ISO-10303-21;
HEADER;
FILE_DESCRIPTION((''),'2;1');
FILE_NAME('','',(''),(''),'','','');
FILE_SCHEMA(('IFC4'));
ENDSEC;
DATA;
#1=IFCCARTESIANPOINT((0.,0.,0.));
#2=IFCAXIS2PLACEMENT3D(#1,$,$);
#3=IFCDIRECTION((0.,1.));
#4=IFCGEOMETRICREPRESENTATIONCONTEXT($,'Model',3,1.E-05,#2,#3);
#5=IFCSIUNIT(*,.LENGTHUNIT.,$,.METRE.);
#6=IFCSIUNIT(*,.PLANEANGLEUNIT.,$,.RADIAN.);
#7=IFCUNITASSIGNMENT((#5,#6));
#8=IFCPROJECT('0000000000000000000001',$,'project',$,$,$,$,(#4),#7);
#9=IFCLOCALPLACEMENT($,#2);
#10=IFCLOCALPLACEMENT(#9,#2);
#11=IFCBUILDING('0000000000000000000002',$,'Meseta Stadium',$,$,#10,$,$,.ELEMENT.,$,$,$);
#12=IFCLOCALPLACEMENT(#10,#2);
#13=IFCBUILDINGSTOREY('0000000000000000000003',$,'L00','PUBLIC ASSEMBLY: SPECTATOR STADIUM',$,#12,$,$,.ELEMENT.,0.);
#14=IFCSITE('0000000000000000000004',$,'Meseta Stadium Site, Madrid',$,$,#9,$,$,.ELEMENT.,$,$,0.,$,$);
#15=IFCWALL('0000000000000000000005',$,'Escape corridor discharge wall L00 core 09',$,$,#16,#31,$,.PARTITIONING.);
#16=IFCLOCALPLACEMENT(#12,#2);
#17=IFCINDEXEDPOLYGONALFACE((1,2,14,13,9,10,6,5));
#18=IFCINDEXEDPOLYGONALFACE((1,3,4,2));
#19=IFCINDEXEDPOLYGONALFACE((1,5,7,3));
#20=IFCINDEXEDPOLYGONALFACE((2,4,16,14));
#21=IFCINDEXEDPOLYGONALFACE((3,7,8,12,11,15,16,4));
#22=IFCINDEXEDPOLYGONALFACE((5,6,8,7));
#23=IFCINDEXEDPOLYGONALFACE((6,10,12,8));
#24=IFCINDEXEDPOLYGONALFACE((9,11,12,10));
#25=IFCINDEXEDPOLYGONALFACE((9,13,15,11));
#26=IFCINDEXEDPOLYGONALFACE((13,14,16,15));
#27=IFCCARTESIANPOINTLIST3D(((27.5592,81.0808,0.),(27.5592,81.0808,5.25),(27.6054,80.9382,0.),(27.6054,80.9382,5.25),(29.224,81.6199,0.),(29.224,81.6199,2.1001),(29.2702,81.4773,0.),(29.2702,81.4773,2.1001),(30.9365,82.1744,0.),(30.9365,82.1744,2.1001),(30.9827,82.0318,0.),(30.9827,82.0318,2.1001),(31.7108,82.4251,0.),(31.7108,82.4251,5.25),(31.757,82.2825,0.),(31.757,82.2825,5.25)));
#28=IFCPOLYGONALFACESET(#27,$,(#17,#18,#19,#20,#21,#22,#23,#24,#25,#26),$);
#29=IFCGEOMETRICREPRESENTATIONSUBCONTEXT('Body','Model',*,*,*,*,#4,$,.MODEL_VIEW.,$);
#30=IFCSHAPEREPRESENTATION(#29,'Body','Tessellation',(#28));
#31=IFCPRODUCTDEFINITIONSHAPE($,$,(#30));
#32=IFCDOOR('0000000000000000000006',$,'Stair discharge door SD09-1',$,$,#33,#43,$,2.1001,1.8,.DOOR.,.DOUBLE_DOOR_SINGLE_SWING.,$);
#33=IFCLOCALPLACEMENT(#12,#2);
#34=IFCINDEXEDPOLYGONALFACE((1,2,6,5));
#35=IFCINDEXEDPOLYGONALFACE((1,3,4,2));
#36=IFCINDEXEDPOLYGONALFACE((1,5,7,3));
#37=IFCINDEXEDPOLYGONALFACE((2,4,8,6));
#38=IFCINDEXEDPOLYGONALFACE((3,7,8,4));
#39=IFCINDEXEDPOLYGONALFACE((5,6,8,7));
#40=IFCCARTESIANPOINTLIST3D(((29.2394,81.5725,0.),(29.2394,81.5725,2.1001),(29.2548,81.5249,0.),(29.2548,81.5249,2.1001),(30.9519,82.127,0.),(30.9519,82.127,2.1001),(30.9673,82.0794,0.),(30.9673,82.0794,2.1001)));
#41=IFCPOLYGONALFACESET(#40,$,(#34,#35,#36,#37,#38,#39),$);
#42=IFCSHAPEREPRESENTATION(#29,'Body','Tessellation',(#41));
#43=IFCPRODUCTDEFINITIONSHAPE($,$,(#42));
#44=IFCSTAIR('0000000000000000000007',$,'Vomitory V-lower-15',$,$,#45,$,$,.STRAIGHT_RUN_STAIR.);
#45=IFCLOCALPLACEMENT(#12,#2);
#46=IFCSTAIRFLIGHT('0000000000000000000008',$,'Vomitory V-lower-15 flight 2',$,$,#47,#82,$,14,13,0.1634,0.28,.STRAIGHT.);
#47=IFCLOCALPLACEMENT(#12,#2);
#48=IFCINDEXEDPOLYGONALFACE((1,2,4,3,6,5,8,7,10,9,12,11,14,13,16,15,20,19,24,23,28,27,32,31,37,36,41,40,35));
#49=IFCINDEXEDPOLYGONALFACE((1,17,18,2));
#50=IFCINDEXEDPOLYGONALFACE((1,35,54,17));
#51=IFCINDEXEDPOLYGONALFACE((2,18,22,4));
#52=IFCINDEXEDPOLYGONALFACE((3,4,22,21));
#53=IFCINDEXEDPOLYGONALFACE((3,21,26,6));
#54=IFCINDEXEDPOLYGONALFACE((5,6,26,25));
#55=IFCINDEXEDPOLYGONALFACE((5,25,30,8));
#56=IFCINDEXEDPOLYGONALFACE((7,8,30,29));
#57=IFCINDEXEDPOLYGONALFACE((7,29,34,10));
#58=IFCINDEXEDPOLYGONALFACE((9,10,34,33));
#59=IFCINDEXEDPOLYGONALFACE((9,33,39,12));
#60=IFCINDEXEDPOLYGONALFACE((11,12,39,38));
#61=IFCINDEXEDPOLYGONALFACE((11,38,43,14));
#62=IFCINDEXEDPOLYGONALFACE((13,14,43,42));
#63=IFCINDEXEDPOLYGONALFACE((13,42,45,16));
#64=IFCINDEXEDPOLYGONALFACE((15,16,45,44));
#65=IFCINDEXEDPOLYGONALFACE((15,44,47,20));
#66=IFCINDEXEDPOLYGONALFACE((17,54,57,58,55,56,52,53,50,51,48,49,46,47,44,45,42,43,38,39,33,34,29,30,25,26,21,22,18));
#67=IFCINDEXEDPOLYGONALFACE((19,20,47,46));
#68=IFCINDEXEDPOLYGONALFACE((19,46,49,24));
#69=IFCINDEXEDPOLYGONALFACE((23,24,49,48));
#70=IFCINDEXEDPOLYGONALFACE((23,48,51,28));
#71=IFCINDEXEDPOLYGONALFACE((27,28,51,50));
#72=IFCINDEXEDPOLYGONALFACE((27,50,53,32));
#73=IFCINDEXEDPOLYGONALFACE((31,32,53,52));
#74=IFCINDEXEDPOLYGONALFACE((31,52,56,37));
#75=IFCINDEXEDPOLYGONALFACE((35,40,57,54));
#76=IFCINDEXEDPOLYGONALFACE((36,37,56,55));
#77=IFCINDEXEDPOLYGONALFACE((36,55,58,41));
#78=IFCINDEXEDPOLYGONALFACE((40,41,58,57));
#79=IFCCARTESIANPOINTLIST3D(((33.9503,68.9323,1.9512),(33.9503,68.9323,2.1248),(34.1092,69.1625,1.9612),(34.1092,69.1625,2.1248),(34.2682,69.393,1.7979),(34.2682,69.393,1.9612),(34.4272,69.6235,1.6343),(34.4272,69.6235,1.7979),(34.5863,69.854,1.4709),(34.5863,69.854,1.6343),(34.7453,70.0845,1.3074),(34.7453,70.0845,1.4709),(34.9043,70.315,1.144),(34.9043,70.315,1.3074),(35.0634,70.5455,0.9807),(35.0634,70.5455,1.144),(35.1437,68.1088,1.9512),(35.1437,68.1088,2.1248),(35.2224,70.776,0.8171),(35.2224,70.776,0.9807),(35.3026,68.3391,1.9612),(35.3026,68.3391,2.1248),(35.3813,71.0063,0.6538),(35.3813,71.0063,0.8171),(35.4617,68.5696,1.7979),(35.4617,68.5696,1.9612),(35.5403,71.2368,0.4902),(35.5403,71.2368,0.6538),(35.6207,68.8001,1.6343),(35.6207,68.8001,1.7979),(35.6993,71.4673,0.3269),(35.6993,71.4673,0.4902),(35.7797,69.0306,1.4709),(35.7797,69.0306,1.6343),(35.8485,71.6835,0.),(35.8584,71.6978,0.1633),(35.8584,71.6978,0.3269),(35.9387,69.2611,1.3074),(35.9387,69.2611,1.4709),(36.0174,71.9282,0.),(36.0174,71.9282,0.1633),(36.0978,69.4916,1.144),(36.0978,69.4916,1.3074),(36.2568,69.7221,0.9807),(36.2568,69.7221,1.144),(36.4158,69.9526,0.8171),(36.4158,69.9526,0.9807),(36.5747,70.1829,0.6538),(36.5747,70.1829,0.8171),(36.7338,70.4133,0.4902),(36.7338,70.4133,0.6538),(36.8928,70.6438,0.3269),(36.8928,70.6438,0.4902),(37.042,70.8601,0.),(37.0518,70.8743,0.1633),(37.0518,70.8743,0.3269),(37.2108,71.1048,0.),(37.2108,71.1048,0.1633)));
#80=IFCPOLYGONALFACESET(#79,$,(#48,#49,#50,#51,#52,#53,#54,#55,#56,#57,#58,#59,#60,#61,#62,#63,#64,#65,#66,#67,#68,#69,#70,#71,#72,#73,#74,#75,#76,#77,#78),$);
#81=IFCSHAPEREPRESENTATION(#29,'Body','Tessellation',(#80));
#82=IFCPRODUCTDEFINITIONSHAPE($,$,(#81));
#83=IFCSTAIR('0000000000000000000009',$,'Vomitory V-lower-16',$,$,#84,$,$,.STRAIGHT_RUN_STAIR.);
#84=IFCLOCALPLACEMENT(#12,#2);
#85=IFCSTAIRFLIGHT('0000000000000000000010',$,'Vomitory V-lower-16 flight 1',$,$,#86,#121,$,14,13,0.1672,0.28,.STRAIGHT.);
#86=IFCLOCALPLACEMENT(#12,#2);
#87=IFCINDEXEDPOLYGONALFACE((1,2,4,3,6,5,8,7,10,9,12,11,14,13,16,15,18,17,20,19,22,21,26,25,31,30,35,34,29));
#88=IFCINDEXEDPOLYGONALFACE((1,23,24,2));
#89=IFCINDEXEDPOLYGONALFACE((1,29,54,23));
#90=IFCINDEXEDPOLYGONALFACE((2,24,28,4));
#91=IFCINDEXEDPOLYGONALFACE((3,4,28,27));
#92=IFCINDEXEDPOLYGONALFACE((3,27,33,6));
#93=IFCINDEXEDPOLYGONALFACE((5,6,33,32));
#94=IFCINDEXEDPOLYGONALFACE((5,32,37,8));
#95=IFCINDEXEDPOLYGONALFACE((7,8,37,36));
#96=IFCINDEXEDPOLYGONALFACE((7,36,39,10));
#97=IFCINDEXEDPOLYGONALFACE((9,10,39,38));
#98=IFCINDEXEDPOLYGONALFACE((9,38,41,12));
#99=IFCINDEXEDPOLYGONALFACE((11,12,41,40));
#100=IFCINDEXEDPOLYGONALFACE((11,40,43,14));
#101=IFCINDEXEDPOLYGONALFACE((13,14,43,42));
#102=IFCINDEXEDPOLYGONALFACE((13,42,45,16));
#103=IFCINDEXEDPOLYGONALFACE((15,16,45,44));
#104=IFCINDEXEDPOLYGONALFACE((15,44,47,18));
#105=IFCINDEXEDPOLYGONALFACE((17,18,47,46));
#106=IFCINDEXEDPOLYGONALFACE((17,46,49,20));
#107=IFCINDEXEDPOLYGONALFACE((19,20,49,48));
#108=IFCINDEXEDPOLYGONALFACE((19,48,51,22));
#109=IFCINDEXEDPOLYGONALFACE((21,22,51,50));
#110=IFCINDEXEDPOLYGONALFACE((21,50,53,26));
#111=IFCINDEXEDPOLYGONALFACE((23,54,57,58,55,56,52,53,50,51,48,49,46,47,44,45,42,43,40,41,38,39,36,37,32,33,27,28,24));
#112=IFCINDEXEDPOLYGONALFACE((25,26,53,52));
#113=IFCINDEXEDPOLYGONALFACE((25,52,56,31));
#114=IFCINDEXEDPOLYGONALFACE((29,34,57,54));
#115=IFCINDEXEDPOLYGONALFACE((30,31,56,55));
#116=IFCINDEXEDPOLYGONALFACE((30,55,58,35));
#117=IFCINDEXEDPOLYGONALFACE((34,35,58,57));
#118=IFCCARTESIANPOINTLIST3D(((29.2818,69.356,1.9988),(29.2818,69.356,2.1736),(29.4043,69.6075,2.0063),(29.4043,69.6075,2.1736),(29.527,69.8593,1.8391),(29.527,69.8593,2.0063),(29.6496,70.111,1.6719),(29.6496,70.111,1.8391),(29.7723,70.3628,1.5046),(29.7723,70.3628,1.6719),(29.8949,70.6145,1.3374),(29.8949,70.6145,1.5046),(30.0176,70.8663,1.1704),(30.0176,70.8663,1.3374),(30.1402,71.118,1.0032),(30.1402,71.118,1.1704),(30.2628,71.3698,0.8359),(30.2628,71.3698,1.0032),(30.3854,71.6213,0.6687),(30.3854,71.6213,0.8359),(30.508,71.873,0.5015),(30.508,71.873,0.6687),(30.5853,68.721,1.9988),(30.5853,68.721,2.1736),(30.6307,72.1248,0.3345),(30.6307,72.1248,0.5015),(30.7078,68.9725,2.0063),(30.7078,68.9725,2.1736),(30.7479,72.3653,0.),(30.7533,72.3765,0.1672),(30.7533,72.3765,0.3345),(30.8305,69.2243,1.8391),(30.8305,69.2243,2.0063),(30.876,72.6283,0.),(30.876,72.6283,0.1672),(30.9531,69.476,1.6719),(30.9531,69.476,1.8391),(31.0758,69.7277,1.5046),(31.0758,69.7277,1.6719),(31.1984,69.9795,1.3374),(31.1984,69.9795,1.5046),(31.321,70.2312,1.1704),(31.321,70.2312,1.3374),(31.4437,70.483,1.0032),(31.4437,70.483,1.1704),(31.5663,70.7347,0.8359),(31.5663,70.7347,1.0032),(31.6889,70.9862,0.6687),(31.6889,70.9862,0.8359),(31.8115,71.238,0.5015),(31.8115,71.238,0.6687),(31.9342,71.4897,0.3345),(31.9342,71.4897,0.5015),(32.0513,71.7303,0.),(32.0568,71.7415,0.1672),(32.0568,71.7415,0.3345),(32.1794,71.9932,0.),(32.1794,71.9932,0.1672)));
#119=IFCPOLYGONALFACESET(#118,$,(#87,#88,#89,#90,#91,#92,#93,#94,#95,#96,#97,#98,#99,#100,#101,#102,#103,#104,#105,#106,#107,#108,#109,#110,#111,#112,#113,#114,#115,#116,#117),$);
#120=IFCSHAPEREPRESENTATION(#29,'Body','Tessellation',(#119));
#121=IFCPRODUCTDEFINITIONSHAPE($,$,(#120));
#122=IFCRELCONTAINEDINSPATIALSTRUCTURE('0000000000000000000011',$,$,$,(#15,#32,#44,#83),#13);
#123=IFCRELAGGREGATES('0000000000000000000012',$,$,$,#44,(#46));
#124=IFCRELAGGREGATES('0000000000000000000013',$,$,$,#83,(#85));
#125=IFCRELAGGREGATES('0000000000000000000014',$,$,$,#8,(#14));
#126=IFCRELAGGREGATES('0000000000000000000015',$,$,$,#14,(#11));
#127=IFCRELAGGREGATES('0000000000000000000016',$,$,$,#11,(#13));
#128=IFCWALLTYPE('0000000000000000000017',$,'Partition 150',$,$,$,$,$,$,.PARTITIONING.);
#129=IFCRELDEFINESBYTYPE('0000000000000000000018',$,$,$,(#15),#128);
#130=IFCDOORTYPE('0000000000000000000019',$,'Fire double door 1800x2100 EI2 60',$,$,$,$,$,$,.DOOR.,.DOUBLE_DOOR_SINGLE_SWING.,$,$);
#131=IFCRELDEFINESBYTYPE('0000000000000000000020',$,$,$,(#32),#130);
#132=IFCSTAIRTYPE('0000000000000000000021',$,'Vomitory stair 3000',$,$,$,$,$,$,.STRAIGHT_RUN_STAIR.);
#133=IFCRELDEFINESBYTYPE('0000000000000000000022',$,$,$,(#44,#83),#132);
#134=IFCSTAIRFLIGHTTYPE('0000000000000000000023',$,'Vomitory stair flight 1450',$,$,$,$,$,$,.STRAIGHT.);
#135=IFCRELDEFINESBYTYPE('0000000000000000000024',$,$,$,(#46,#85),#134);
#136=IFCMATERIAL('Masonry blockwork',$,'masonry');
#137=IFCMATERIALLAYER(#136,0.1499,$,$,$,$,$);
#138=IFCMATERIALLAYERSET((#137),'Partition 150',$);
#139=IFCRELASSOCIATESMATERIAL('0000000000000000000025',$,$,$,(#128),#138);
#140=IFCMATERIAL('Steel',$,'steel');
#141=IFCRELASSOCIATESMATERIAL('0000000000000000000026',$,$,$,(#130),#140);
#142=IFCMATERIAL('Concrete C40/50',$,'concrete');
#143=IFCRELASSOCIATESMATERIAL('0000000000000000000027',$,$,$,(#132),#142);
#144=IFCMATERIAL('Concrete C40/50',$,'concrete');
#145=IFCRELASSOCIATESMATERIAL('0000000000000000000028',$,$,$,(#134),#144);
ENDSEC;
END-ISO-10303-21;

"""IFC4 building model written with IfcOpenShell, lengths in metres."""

from ifc_helpers import new_model, si_unit, direction, frame, frame_2d, origin, place, context, subcontext, project, spatial, polyline, rectangle, outline, extrude, material, layer, layer_set, type_object, element, fill, aggregate, save


model = new_model("IFC4")

# Units and contexts
model_context = context("Model", 3, precision=1e-05, world=origin(), true_north=direction((0.0, 1.0)))
body_context = subcontext(model_context, "Body", "Model", "MODEL_VIEW")
ifc_project = project(units=[si_unit("LENGTHUNIT", "METRE"), si_unit("PLANEANGLEUNIT", "RADIAN")], contexts=[model_context])

# Site, building, storey
site_placement = place(None, origin())
site = spatial("IfcSite", under=ifc_project, at=site_placement, Name="Meseta Stadium Site, Madrid", CompositionType="ELEMENT", RefElevation=0.0)
building_placement = place(site_placement, origin())
building = spatial("IfcBuilding", under=site, at=building_placement, Name="Meseta Stadium", CompositionType="ELEMENT")
storey_placement = place(building_placement, origin())
storey = spatial("IfcBuildingStorey", under=building, at=storey_placement, Name="L00", Description="PUBLIC ASSEMBLY: SPECTATOR STADIUM", CompositionType="ELEMENT", Elevation=0.0)

# Shared definitions
ifc_material_1 = material(Name="Masonry blockwork", Category="masonry")
ifc_layer = layer(ifc_material_1, 0.1499)
ifc_layer_set = layer_set([ifc_layer], Name="Partition 150")
wall_type = type_object("IfcWallType", Name="Partition 150", PredefinedType="PARTITIONING", material=ifc_layer_set)

# Shared definitions
ifc_material_2 = material(Name="Steel", Category="steel")
door_type = type_object("IfcDoorType", Name="Fire double door 1800x2100 EI2 60", OperationType="DOUBLE_DOOR_SINGLE_SWING", PredefinedType="DOOR", material=ifc_material_2)

# Wall, opening, door
wall_1_placement = place(storey_placement, frame((31.7339, 82.3538, 0.0), z_axis=(0.0, 0.0, 1.0), x_axis=(-0.951373, -0.308042, 0.0)))
wall_1 = element("IfcWall", 1, at=wall_1_placement, inside=storey, type_object=wall_type, Name="Escape corridor discharge wall L00 core 09", PredefinedType="PARTITIONING", context=body_context, shape_type="SweptSolid", body=[
    extrude(rectangle(XDim=4.3638, YDim=0.1499, at=frame_2d((2.1819, 0.0))), origin(), (0.0, 0.0, 1.0), 5.25),
])
opening_1_placement = place(wall_1_placement, frame((0.814, 0.0, 0.0)))
opening_1 = element("IfcOpeningElement", 2, at=opening_1_placement, cuts=wall_1, PredefinedType="OPENING", context=body_context, shape_type="SweptSolid", body=[
    extrude(rectangle(XDim=1.8, YDim=2.1001, at=frame_2d((0.8999, 1.05))), frame((0.0, 0.085, 0.0), z_axis=(0.0, -1.0, 0.0), x_axis=(1.0, 0.0, 0.0)), (0.0, 0.0, 1.0), 0.1699),
])
door_1_placement = place(opening_1_placement, origin())
door_1 = element("IfcDoor", 3, at=door_1_placement, inside=storey, type_object=door_type, Name="Stair discharge door SD09-1", OperationType="DOUBLE_DOOR_SINGLE_SWING", OverallHeight=2.1001, OverallWidth=1.8, PredefinedType="DOOR", context=body_context, shape_type="SweptSolid", body=[
    extrude(rectangle(XDim=1.8, YDim=2.1001, at=frame_2d((0.8999, 1.05))), frame((0.0, 0.0249, 0.0), z_axis=(0.0, -1.0, 0.0), x_axis=(1.0, 0.0, 0.0)), (0.0, 0.0, 1.0), 0.05),
])
fill(opening_1, door_1)

# Stairs, stair flights
ifc_material_3 = material(Name="Concrete C40/50", Category="concrete")
stair_type = type_object("IfcStairType", Name="Vomitory stair 3000", PredefinedType="STRAIGHT_RUN_STAIR", material=ifc_material_3)
stair_1_placement = place(storey_placement, origin())
stair_1 = element("IfcStair", 4, at=stair_1_placement, inside=storey, type_object=stair_type, Name="Vomitory V-lower-15", PredefinedType="STRAIGHT_RUN_STAIR")
ifc_material_4 = material(Name="Concrete C40/50", Category="concrete")
stair_flight_type = type_object("IfcStairFlightType", Name="Vomitory stair flight 1450", PredefinedType="STRAIGHT", material=ifc_material_4)
stair_flight_1_placement = place(storey_placement, frame((36.614, 71.5166, 0.0), z_axis=(0.0, 0.0, 1.0), x_axis=(-0.5679, -0.823098, 0.0)))
stair_flight_1 = element("IfcStairFlight", 5, at=stair_flight_1_placement, type_object=stair_flight_type, Name="Vomitory V-lower-15 flight 2", NumberOfRisers=14, NumberOfTreads=13, PredefinedType="STRAIGHT", RiserHeight=0.1634, TreadLength=0.28, context=body_context, shape_type="SweptSolid", body=[
    extrude(outline(polyline([(0.0, 0.0), (0.0, 0.1633), (0.28, 0.1633), (0.28, 0.3269), (0.5601, 0.3269), (0.5601, 0.4902), (0.8401, 0.4902), (0.8401, 0.6538), (1.1201, 0.6538), (1.1201, 0.8171), (1.3999, 0.8171), (1.3999, 0.9807), (1.6799, 0.9807), (1.6799, 1.144), (1.96, 1.144), (1.96, 1.3074), (2.24, 1.3074), (2.24, 1.4709), (2.52, 1.4709), (2.52, 1.6343), (2.8, 1.6343), (2.8, 1.7979), (3.0801, 1.7979), (3.0801, 1.9612), (3.3601, 1.9612), (3.3601, 2.1248), (3.6399, 2.1248), (3.6399, 1.9512), (0.2974, 0.0), (0.0, 0.0)])), frame((0.0, 0.7251, 0.0), z_axis=(0.0, -1.0, 0.0), x_axis=(1.0, 0.0, 0.0)), (0.0, 0.0, 1.0), 1.45),
])
aggregate(stair_1, [stair_flight_1])
stair_2_placement = place(storey_placement, origin())
stair_2 = element("IfcStair", 6, at=stair_2_placement, inside=storey, type_object=stair_type, Name="Vomitory V-lower-16", PredefinedType="STRAIGHT_RUN_STAIR")
stair_flight_2_placement = place(storey_placement, frame((31.5276, 72.3108, 0.0), z_axis=(0.0, 0.0, 1.0), x_axis=(-0.437966, -0.898991, 0.0)))
stair_flight_2 = element("IfcStairFlight", 7, at=stair_flight_2_placement, type_object=stair_flight_type, Name="Vomitory V-lower-16 flight 1", NumberOfRisers=14, NumberOfTreads=13, PredefinedType="STRAIGHT", RiserHeight=0.1672, TreadLength=0.28, context=body_context, shape_type="SweptSolid", body=[
    extrude(outline(polyline([(0.0, 0.0), (0.0, 0.1672), (0.28, 0.1672), (0.28, 0.3345), (0.5601, 0.3345), (0.5601, 0.5015), (0.8401, 0.5015), (0.8401, 0.6687), (1.1201, 0.6687), (1.1201, 0.8359), (1.3999, 0.8359), (1.3999, 1.0032), (1.6799, 1.0032), (1.6799, 1.1704), (1.96, 1.1704), (1.96, 1.3374), (2.24, 1.3374), (2.24, 1.5046), (2.52, 1.5046), (2.52, 1.6719), (2.8, 1.6719), (2.8, 1.8391), (3.0801, 1.8391), (3.0801, 2.0063), (3.3601, 2.0063), (3.3601, 2.1736), (3.6399, 2.1736), (3.6399, 1.9988), (0.2925, 0.0), (0.0, 0.0)])), frame((0.0, 0.7251, 0.0), z_axis=(0.0, -1.0, 0.0), x_axis=(1.0, 0.0, 0.0)), (0.0, 0.0, 1.0), 1.45),
])
aggregate(stair_2, [stair_flight_2])

save(model, "model.ifc")
